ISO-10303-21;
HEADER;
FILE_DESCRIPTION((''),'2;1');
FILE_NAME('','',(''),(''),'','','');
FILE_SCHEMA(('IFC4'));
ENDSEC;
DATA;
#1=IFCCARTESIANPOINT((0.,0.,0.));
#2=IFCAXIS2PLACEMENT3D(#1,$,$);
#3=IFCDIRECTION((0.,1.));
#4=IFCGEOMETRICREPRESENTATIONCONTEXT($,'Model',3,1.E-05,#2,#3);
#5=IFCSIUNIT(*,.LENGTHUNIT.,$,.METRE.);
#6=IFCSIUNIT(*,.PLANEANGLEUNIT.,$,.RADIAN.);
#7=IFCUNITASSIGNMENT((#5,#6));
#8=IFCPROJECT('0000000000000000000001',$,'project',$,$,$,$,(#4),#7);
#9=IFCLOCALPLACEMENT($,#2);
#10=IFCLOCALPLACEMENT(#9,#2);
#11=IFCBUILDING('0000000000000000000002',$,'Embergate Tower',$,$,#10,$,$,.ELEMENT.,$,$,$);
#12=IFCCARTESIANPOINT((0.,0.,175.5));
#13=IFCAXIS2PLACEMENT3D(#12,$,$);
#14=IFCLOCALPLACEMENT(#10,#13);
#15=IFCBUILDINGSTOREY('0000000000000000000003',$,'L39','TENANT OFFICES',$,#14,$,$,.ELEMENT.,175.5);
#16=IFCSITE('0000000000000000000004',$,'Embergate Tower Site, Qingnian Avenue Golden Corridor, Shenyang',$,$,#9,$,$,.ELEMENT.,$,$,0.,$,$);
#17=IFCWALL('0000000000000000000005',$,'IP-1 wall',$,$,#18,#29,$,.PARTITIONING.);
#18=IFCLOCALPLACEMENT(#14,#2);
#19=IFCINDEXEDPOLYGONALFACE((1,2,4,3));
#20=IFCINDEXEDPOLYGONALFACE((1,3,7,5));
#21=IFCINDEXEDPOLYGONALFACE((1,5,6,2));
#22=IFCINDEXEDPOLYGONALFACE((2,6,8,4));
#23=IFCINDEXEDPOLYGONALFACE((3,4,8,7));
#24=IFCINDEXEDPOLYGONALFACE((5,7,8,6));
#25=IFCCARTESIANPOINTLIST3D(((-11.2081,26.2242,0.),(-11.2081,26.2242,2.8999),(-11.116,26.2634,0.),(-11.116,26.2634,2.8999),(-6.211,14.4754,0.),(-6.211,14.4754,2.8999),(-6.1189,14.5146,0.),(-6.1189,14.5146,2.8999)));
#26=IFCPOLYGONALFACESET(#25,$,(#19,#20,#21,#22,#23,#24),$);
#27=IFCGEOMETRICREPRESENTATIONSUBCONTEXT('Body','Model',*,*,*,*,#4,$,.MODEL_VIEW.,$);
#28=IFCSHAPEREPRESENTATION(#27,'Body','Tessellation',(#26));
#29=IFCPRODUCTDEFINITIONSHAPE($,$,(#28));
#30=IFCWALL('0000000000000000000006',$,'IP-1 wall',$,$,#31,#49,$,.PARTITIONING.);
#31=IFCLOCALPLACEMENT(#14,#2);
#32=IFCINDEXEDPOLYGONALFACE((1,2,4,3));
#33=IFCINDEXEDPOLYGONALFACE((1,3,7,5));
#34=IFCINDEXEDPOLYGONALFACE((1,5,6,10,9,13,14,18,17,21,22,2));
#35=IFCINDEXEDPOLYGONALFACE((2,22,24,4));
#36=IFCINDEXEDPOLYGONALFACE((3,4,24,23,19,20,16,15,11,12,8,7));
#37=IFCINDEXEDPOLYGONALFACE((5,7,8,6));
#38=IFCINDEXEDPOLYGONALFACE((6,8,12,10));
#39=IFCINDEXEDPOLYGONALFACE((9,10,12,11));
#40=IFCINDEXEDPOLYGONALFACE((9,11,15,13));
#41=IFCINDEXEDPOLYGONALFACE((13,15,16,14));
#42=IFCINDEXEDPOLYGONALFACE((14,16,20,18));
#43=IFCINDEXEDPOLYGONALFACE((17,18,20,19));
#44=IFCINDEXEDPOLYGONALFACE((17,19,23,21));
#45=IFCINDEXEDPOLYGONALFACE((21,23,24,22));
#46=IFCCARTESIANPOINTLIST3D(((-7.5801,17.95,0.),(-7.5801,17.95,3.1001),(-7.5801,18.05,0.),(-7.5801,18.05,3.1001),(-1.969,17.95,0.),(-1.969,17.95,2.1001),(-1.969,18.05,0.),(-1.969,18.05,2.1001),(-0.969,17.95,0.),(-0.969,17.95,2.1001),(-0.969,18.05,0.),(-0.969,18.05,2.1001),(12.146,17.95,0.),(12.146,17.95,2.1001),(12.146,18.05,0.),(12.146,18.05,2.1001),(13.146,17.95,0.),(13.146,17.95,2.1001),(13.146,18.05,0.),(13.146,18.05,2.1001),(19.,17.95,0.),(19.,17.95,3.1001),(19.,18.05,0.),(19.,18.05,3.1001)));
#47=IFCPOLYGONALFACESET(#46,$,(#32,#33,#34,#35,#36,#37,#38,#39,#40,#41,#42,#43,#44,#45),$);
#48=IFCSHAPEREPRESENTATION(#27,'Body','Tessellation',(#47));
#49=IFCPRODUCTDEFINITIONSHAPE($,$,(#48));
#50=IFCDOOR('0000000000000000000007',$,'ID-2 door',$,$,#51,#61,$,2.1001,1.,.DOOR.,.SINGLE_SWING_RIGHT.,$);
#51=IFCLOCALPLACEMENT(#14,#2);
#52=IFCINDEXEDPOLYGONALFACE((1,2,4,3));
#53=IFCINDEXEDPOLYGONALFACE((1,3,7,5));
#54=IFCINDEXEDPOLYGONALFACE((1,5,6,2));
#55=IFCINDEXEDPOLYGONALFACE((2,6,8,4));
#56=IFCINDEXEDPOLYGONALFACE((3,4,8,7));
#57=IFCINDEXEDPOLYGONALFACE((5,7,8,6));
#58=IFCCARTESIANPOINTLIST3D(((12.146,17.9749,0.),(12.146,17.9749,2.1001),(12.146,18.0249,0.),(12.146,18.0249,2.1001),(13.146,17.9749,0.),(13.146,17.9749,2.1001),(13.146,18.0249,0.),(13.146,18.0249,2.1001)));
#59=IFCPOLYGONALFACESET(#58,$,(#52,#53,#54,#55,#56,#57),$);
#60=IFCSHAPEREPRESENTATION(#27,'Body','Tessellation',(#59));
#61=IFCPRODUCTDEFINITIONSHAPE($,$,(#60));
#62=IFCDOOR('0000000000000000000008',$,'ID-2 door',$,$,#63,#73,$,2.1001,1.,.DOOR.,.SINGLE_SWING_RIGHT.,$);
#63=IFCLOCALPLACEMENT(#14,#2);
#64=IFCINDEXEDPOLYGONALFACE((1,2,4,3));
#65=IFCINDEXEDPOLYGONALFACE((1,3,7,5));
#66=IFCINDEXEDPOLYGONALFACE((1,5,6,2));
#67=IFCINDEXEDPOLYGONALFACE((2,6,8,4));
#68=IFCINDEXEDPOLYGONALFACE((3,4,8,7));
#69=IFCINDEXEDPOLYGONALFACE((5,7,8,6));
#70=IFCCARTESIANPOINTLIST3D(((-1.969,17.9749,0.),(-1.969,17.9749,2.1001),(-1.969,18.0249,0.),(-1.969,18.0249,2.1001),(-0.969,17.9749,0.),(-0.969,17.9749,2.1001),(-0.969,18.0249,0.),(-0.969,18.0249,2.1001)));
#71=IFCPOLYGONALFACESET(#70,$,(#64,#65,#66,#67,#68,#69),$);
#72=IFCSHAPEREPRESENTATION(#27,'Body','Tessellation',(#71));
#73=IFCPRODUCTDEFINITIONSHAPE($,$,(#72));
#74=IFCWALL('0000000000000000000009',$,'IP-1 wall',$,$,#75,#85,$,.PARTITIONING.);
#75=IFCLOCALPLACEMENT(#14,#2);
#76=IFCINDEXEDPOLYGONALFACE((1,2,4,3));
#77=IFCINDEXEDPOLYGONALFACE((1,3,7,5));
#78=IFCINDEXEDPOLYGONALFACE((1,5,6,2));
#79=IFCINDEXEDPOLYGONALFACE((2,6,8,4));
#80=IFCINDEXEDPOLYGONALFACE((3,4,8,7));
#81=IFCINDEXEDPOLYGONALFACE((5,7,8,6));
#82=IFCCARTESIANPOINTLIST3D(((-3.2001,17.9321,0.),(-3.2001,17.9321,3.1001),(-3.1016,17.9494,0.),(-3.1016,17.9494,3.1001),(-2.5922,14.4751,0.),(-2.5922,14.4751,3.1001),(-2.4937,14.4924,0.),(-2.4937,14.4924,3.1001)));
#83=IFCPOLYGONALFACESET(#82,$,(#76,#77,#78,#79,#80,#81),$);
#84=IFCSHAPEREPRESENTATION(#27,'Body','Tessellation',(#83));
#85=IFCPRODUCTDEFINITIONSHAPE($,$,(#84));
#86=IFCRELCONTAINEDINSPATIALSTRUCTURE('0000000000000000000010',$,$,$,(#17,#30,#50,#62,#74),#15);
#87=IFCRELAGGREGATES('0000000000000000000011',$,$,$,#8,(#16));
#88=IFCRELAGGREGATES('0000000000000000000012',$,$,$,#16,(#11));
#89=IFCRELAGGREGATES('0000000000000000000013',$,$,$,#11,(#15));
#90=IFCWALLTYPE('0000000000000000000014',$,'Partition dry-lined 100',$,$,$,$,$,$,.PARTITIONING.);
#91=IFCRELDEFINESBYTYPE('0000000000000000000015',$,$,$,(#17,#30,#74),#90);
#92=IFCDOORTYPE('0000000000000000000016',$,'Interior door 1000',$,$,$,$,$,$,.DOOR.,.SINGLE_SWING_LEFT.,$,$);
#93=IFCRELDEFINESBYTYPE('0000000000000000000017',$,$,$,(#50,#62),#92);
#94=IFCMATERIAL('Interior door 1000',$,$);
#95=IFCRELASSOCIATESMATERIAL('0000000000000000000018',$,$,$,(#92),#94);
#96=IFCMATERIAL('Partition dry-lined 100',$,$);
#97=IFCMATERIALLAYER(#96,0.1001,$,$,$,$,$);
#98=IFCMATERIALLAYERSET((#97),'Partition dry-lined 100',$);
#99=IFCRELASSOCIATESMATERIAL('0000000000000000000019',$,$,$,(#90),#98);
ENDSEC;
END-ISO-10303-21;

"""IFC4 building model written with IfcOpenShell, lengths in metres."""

from ifc_helpers import new_model, si_unit, direction, frame, frame_2d, origin, place, context, subcontext, project, spatial, rectangle, extrude, source, transform, mapped, material, layer, layer_set, type_object, element, fill, save


model = new_model("IFC4")

# Units and contexts
model_context = context("Model", 3, precision=1e-05, world=origin(), true_north=direction((0.0, 1.0)))
body_context = subcontext(model_context, "Body", "Model", "MODEL_VIEW")
ifc_project = project(units=[si_unit("LENGTHUNIT", "METRE"), si_unit("PLANEANGLEUNIT", "RADIAN")], contexts=[model_context])

# Site, building, storey
site_placement = place(None, origin())
site = spatial("IfcSite", under=ifc_project, at=site_placement, Name="Embergate Tower Site, Qingnian Avenue Golden Corridor, Shenyang", CompositionType="ELEMENT", RefElevation=0.0)
building_placement = place(site_placement, origin())
building = spatial("IfcBuilding", under=site, at=building_placement, Name="Embergate Tower", CompositionType="ELEMENT")
storey_placement = place(building_placement, frame((0.0, 0.0, 175.5)))
storey = spatial("IfcBuildingStorey", under=building, at=storey_placement, Name="L39", Description="TENANT OFFICES", CompositionType="ELEMENT", Elevation=175.5)

# Shared definitions
ifc_material_1 = material(Name="Interior door 1000")
door_type_1 = type_object("IfcDoorType", Name="Interior door 1000", OperationType="SINGLE_SWING_LEFT", PredefinedType="DOOR", material=ifc_material_1)
shared_shape_1 = source(origin(), body_context, "Body", "SweptSolid", [
    extrude(rectangle(XDim=1.0, YDim=2.1001, at=frame_2d((0.5, 1.05))), frame((0.0, 0.0249, 0.0), z_axis=(0.0, -1.0, 0.0), x_axis=(1.0, 0.0, 0.0)), (0.0, 0.0, 1.0), 0.05),
])

# Wall
ifc_material_2 = material(Name="Partition dry-lined 100")
ifc_layer_1 = layer(ifc_material_2, 0.1001)
ifc_layer_set_1 = layer_set([ifc_layer_1], Name="Partition dry-lined 100")
wall_type_1 = type_object("IfcWallType", Name="Partition dry-lined 100", PredefinedType="PARTITIONING", material=ifc_layer_set_1)
shared_shape_2 = source(origin(), body_context, "Body", "SweptSolid", [
    extrude(rectangle(XDim=12.7673, YDim=0.1001, at=frame_2d((6.3838, 0.0))), origin(), (0.0, 0.0, 1.0), 2.8999),
])
wall_1_placement = place(storey_placement, frame((-11.1621, 26.2439, 0.0), z_axis=(0.0, 0.0, 1.0), x_axis=(0.391395, -0.920223, 0.0)))
element("IfcWall", 1, at=wall_1_placement, inside=storey, type_object=wall_type_1, Name="IP-1 wall", PredefinedType="PARTITIONING", context=body_context, shape_type="MappedRepresentation", body=[
    mapped(shared_shape_2, transform((0.0, 0.0, 0.0))),
])

# Wall, openings, doors
shared_shape_3 = source(origin(), body_context, "Body", "SweptSolid", [
    extrude(rectangle(XDim=26.5801, YDim=0.1001, at=frame_2d((13.29, 0.0))), origin(), (0.0, 0.0, 1.0), 3.1001),
])
wall_2_placement = place(storey_placement, frame((-7.5801, 18.0, 0.0), z_axis=(0.0, 0.0, 1.0), x_axis=(1.0, 0.0, 0.0)))
wall_2 = element("IfcWall", 2, at=wall_2_placement, inside=storey, type_object=wall_type_1, Name="IP-1 wall", PredefinedType="PARTITIONING", context=body_context, shape_type="MappedRepresentation", body=[
    mapped(shared_shape_3, transform((0.0, 0.0, 0.0))),
])
shared_shape_4 = source(origin(), body_context, "Body", "SweptSolid", [
    extrude(rectangle(XDim=1.0, YDim=2.1001, at=frame_2d((0.5, 1.05))), frame((0.0, 0.0601, 0.0), z_axis=(0.0, -1.0, 0.0), x_axis=(1.0, 0.0, 0.0)), (0.0, 0.0, 1.0), 0.1201),
])
opening_1_placement = place(wall_2_placement, frame((19.7261, 0.0, 0.0)))
opening_1 = element("IfcOpeningElement", 3, at=opening_1_placement, cuts=wall_2, PredefinedType="OPENING", context=body_context, shape_type="MappedRepresentation", body=[
    mapped(shared_shape_4, transform((0.0, 0.0, 0.0))),
])
opening_2_placement = place(wall_2_placement, frame((5.6111, 0.0, 0.0)))
opening_2 = element("IfcOpeningElement", 4, at=opening_2_placement, cuts=wall_2, PredefinedType="OPENING", context=body_context, shape_type="MappedRepresentation", body=[
    mapped(shared_shape_4, transform((0.0, 0.0, 0.0))),
])
door_1_placement = place(opening_1_placement, origin())
door_1 = element("IfcDoor", 5, at=door_1_placement, inside=storey, type_object=door_type_1, Name="ID-2 door", OperationType="SINGLE_SWING_RIGHT", OverallHeight=2.1001, OverallWidth=1.0, PredefinedType="DOOR", context=body_context, shape_type="MappedRepresentation", body=[
    mapped(shared_shape_1, transform((0.0, 0.0, 0.0))),
])
fill(opening_1, door_1)
door_2_placement = place(opening_2_placement, origin())
door_2 = element("IfcDoor", 6, at=door_2_placement, inside=storey, type_object=door_type_1, Name="ID-2 door", OperationType="SINGLE_SWING_RIGHT", OverallHeight=2.1001, OverallWidth=1.0, PredefinedType="DOOR", context=body_context, shape_type="MappedRepresentation", body=[
    mapped(shared_shape_1, transform((0.0, 0.0, 0.0))),
])
fill(opening_2, door_2)

# Wall
shared_shape_5 = source(origin(), body_context, "Body", "SweptSolid", [
    extrude(rectangle(XDim=3.51, YDim=0.1001, at=frame_2d((1.7549, 0.0))), origin(), (0.0, 0.0, 1.0), 3.1001),
])
wall_3_placement = place(storey_placement, frame((-2.543, 14.4839, 0.0), z_axis=(0.0, 0.0, 1.0), x_axis=(-0.17319, 0.984888, 0.0)))
element("IfcWall", 7, at=wall_3_placement, inside=storey, type_object=wall_type_1, Name="IP-1 wall", PredefinedType="PARTITIONING", context=body_context, shape_type="MappedRepresentation", body=[
    mapped(shared_shape_5, transform((0.0, 0.0, 0.0))),
])

save(model, "model.ifc")
